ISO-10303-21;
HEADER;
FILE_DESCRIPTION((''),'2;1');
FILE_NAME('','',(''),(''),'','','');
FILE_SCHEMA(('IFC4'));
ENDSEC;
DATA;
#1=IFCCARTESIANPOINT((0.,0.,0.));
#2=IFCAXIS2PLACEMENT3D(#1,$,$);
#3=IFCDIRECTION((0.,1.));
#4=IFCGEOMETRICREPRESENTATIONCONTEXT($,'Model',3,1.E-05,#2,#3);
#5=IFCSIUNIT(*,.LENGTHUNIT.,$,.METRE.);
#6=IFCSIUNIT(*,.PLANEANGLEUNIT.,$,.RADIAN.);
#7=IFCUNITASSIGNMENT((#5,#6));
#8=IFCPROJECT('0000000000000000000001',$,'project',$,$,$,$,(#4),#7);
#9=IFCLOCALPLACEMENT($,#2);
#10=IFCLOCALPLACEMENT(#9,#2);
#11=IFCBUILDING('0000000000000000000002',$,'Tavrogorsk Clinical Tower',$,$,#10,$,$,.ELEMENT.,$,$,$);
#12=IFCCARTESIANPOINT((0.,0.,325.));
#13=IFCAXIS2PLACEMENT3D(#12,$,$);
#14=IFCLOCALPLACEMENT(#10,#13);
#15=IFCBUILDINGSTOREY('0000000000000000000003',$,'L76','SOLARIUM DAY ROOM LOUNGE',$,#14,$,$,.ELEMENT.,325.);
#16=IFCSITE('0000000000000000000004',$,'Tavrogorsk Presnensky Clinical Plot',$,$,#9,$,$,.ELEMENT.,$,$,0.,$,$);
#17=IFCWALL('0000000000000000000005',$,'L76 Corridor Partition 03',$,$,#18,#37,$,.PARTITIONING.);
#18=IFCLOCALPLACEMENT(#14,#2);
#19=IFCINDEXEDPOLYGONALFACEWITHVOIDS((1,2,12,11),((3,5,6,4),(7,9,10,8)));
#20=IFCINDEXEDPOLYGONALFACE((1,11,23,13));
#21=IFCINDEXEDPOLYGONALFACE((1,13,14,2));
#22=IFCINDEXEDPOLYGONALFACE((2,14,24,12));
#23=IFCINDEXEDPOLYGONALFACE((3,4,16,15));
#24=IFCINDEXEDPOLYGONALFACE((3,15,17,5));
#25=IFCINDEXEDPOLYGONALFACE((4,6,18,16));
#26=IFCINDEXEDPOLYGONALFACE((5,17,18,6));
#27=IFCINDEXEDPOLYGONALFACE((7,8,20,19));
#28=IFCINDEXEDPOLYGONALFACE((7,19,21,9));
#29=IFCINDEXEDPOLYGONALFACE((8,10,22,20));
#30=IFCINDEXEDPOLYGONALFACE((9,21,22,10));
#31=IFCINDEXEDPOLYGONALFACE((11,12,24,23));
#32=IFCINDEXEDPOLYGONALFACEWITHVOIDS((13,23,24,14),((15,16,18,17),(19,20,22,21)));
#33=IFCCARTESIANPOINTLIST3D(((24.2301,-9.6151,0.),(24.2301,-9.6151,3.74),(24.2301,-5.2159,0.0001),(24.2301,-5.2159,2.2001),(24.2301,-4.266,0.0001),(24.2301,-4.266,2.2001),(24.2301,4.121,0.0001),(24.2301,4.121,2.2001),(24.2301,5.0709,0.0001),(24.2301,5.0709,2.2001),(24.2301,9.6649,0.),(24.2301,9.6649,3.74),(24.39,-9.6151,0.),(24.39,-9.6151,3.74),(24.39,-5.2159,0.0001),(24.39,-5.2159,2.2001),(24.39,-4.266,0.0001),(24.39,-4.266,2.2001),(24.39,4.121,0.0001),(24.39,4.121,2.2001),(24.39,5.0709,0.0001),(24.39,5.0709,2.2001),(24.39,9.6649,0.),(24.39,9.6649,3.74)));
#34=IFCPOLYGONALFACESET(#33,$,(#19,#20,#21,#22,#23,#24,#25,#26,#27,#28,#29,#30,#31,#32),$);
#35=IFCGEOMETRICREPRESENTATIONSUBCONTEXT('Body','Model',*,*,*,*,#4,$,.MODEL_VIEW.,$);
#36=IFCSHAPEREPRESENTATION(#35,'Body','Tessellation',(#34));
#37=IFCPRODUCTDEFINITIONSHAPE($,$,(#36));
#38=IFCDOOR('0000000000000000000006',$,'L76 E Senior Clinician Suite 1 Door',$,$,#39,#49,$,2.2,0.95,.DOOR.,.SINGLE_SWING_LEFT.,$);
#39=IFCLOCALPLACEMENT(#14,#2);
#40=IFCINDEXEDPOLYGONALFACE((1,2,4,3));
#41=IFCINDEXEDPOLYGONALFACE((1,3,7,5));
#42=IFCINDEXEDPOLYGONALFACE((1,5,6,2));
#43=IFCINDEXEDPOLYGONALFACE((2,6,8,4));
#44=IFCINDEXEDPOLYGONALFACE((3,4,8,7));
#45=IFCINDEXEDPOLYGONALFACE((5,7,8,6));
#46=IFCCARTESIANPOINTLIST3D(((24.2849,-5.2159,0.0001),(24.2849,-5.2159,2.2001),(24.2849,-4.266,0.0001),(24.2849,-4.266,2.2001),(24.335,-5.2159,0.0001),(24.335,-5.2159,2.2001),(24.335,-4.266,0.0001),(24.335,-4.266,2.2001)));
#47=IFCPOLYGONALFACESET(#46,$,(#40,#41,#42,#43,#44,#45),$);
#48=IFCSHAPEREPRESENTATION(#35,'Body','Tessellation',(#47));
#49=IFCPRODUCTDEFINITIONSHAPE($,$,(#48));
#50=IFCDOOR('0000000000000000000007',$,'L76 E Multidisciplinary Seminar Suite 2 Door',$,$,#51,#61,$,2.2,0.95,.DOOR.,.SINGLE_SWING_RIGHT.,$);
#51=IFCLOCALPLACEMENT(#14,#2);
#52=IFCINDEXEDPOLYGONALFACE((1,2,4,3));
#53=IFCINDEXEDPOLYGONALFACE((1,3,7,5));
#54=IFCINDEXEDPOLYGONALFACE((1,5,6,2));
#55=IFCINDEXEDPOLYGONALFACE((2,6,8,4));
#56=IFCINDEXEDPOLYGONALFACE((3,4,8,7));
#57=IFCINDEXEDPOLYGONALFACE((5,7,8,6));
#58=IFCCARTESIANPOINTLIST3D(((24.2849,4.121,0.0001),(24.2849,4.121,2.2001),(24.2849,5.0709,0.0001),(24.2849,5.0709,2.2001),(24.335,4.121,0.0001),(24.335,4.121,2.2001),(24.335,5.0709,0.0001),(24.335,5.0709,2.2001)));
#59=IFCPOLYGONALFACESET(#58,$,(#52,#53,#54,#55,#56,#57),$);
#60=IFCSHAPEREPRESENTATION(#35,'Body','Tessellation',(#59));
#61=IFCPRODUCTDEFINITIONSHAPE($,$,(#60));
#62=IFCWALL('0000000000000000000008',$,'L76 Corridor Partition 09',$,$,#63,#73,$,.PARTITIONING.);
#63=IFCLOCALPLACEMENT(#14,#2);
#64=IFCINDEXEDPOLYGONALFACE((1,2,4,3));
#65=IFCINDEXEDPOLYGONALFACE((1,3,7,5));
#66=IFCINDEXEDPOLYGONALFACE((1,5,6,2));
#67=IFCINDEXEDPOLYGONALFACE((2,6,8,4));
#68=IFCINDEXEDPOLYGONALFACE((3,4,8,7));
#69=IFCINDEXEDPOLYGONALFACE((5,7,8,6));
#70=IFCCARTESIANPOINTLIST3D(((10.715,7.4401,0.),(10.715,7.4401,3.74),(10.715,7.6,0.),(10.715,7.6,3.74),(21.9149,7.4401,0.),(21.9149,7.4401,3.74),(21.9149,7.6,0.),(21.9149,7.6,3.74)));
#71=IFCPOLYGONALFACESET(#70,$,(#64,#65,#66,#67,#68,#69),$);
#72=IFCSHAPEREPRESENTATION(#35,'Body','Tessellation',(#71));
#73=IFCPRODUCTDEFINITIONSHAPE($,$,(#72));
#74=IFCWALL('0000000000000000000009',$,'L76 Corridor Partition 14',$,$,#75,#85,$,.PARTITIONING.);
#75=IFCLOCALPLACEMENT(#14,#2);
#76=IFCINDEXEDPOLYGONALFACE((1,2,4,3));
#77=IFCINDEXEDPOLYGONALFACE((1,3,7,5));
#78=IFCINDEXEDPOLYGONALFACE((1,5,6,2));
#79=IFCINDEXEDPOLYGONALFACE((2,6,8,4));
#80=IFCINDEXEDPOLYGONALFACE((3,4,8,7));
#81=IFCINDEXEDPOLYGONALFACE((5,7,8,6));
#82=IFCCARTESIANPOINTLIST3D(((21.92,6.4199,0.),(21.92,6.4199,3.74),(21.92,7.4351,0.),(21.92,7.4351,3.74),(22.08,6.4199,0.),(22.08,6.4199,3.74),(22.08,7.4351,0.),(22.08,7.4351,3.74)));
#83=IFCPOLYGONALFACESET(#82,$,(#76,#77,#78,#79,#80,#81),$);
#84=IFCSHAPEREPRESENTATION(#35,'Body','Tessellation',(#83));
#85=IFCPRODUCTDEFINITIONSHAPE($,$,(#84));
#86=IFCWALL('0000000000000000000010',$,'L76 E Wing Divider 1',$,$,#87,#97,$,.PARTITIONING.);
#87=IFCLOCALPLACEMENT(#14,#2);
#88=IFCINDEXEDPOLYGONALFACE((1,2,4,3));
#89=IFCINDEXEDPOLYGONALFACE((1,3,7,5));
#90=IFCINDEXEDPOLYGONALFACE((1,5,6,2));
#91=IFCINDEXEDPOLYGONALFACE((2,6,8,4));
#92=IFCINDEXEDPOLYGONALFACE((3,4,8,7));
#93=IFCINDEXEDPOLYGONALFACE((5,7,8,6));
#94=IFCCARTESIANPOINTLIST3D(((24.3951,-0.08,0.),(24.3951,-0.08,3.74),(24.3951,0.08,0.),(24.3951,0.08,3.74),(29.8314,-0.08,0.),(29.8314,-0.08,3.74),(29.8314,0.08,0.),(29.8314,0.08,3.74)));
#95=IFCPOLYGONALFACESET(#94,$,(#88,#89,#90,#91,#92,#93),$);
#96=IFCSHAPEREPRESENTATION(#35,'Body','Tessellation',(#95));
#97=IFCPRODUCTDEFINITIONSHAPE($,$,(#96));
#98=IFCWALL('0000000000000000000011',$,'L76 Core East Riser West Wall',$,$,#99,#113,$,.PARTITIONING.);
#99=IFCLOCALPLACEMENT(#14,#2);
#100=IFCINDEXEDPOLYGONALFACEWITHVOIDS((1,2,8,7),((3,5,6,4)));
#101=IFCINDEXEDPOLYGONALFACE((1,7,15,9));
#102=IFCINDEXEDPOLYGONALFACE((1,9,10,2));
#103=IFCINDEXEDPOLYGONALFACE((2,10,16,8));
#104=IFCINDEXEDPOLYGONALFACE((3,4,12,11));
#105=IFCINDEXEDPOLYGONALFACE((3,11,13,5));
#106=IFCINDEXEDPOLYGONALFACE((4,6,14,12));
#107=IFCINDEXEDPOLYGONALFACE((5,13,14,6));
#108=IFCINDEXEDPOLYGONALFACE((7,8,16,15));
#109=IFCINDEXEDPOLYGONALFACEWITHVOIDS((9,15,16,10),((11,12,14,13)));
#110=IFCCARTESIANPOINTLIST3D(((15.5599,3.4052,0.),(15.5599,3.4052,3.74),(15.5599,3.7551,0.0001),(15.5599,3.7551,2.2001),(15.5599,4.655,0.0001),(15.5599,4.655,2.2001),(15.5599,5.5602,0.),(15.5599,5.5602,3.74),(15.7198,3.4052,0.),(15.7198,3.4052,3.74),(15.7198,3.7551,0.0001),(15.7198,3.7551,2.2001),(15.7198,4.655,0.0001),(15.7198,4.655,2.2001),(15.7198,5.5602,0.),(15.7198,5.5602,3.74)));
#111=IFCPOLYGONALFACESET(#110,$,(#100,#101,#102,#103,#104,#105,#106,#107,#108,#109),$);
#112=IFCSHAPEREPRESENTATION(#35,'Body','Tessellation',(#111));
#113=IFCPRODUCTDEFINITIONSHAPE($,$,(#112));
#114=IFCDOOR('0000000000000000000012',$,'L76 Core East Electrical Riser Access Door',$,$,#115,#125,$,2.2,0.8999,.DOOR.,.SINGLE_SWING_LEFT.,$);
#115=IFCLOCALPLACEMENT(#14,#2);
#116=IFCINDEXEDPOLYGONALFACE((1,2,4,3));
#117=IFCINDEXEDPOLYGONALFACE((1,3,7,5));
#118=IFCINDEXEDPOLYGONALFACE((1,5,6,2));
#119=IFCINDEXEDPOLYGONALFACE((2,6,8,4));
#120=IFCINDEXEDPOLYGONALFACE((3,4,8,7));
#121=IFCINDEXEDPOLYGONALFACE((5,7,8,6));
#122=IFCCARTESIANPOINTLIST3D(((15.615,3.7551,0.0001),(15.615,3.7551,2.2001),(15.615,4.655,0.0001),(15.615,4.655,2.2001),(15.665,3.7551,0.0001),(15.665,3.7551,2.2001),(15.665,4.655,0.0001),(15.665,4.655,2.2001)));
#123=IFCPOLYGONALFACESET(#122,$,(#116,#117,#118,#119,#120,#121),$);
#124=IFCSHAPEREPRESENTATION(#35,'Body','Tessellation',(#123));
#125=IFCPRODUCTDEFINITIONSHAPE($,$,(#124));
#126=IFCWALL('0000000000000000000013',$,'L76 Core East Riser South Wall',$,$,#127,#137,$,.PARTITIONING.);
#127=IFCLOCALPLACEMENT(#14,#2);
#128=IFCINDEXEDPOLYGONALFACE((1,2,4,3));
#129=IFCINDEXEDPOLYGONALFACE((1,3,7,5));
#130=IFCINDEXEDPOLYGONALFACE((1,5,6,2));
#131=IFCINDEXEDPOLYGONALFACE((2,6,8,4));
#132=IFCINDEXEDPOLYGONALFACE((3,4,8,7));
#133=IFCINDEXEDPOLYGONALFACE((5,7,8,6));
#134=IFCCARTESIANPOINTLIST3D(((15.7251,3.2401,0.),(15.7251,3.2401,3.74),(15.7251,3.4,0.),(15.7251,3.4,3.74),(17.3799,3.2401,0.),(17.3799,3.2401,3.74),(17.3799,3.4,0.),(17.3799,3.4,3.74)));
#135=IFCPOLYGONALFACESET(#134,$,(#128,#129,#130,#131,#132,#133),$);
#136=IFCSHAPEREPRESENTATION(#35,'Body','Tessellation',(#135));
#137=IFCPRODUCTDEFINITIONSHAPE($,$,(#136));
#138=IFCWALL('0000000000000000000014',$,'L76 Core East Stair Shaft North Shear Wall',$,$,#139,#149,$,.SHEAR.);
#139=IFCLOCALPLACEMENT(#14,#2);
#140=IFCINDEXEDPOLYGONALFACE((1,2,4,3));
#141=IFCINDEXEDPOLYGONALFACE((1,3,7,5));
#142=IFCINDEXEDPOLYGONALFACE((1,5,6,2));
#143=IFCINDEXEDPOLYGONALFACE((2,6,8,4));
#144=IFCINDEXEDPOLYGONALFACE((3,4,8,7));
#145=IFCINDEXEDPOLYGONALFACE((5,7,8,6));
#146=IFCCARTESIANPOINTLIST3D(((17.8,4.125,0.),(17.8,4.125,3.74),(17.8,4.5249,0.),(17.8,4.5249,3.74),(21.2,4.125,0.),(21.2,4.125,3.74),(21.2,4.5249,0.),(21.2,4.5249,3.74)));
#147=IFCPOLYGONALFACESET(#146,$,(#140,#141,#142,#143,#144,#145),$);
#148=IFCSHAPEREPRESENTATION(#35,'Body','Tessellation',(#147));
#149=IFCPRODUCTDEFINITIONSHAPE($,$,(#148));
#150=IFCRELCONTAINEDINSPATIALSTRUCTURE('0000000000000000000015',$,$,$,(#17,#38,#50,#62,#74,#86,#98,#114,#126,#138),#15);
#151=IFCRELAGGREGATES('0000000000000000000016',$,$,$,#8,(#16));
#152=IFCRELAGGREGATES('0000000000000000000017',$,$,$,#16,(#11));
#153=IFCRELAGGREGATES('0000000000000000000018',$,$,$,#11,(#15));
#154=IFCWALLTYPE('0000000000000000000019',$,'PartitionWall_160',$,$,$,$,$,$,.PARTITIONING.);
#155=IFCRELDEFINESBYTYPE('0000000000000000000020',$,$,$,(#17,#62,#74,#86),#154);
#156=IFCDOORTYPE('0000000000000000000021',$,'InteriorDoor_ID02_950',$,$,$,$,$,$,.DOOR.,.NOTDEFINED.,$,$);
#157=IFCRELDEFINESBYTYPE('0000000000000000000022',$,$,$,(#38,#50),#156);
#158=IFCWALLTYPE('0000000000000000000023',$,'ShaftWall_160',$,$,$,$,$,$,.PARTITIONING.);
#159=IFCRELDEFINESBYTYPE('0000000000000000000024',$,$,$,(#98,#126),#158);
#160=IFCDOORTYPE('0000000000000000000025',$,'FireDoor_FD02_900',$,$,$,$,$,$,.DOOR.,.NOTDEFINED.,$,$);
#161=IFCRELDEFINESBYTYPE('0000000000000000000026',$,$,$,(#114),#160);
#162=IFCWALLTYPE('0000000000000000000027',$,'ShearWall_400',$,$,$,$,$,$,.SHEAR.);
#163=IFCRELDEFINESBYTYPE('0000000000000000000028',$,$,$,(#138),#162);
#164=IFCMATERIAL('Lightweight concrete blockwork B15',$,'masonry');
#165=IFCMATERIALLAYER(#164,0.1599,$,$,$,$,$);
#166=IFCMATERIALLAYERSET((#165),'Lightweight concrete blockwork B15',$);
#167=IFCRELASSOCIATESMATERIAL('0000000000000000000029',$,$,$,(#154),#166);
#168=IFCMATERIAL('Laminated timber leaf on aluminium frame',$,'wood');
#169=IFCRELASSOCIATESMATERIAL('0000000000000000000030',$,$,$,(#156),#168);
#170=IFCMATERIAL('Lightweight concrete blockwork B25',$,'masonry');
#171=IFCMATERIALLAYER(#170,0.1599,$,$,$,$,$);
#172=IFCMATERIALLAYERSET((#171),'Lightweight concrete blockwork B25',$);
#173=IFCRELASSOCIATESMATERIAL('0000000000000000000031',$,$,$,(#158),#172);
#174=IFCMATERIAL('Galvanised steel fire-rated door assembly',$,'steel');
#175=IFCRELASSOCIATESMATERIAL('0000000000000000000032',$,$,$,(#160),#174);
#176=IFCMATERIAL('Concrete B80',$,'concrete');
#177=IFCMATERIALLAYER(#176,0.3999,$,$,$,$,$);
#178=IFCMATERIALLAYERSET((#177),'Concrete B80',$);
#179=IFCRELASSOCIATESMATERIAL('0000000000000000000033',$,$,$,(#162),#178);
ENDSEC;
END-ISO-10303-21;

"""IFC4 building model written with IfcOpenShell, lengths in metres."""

from ifc_helpers import new_model, si_unit, direction, frame, frame_2d, origin, place, context, subcontext, project, spatial, rectangle, extrude, material, layer, layer_set, type_object, element, fill, save


model = new_model("IFC4")

# Units and contexts
model_context = context("Model", 3, precision=1e-05, world=origin(), true_north=direction((0.0, 1.0)))
body_context = subcontext(model_context, "Body", "Model", "MODEL_VIEW")
ifc_project = project(units=[si_unit("LENGTHUNIT", "METRE"), si_unit("PLANEANGLEUNIT", "RADIAN")], contexts=[model_context])

# Site, building, storey
site_placement = place(None, origin())
site = spatial("IfcSite", under=ifc_project, at=site_placement, Name="Tavrogorsk Presnensky Clinical Plot", CompositionType="ELEMENT", RefElevation=0.0)
building_placement = place(site_placement, origin())
building = spatial("IfcBuilding", under=site, at=building_placement, Name="Tavrogorsk Clinical Tower", CompositionType="ELEMENT")
storey_placement = place(building_placement, frame((0.0, 0.0, 325.0)))
storey = spatial("IfcBuildingStorey", under=building, at=storey_placement, Name="L76", Description="SOLARIUM DAY ROOM LOUNGE", CompositionType="ELEMENT", Elevation=325.0)

# Wall, openings, doors
ifc_material_1 = material(Name="Lightweight concrete blockwork B15", Category="masonry")
ifc_layer_1 = layer(ifc_material_1, 0.1599)
ifc_layer_set_1 = layer_set([ifc_layer_1], Name="Lightweight concrete blockwork B15")
wall_type_1 = type_object("IfcWallType", Name="PartitionWall_160", PredefinedType="PARTITIONING", material=ifc_layer_set_1)
wall_1_placement = place(storey_placement, frame((24.3101, 9.665, 0.0), z_axis=(0.0, 0.0, 1.0), x_axis=(0.0, -1.0, 0.0)))
wall_1 = element("IfcWall", 1, at=wall_1_placement, inside=storey, type_object=wall_type_1, Name="L76 Corridor Partition 03", PredefinedType="PARTITIONING", context=body_context, shape_type="SweptSolid", body=[
    extrude(rectangle(XDim=19.28, YDim=0.1599, at=frame_2d((9.6401, 0.0))), origin(), (0.0, 0.0, 1.0), 3.74),
])
opening_1_placement = place(wall_1_placement, frame((13.9309, 0.0, 0.0)))
opening_1 = element("IfcOpeningElement", 2, at=opening_1_placement, cuts=wall_1, PredefinedType="OPENING", context=body_context, shape_type="SweptSolid", body=[
    extrude(rectangle(XDim=0.95, YDim=2.2, at=frame_2d((0.4751, 1.1001))), frame((0.0, 0.0898, 0.0), z_axis=(0.0, -1.0, 0.0), x_axis=(1.0, 0.0, 0.0)), (0.0, 0.0, 1.0), 0.1799),
])
opening_2_placement = place(wall_1_placement, frame((4.594, 0.0, 0.0)))
opening_2 = element("IfcOpeningElement", 3, at=opening_2_placement, cuts=wall_1, PredefinedType="OPENING", context=body_context, shape_type="SweptSolid", body=[
    extrude(rectangle(XDim=0.95, YDim=2.2, at=frame_2d((0.4751, 1.1001))), frame((0.0, 0.0898, 0.0), z_axis=(0.0, -1.0, 0.0), x_axis=(1.0, 0.0, 0.0)), (0.0, 0.0, 1.0), 0.1799),
])
ifc_material_2 = material(Name="Laminated timber leaf on aluminium frame", Category="wood")
door_type_1 = type_object("IfcDoorType", Name="InteriorDoor_ID02_950", OperationType="NOTDEFINED", PredefinedType="DOOR", material=ifc_material_2)
door_1_placement = place(opening_1_placement, origin())
door_1 = element("IfcDoor", 4, at=door_1_placement, inside=storey, type_object=door_type_1, Name="L76 E Senior Clinician Suite 1 Door", OperationType="SINGLE_SWING_LEFT", OverallHeight=2.2, OverallWidth=0.95, PredefinedType="DOOR", context=body_context, shape_type="SweptSolid", body=[
    extrude(rectangle(XDim=0.95, YDim=2.2, at=frame_2d((0.4751, 1.1001))), frame((0.0, 0.0249, 0.0), z_axis=(0.0, -1.0, 0.0), x_axis=(1.0, 0.0, 0.0)), (0.0, 0.0, 1.0), 0.05),
])
fill(opening_1, door_1)
door_2_placement = place(opening_2_placement, origin())
door_2 = element("IfcDoor", 5, at=door_2_placement, inside=storey, type_object=door_type_1, Name="L76 E Multidisciplinary Seminar Suite 2 Door", OperationType="SINGLE_SWING_RIGHT", OverallHeight=2.2, OverallWidth=0.95, PredefinedType="DOOR", context=body_context, shape_type="SweptSolid", body=[
    extrude(rectangle(XDim=0.95, YDim=2.2, at=frame_2d((0.4751, 1.1001))), frame((0.0, 0.0249, 0.0), z_axis=(0.0, -1.0, 0.0), x_axis=(1.0, 0.0, 0.0)), (0.0, 0.0, 1.0), 0.05),
])
fill(opening_2, door_2)

# Walls
wall_2_placement = place(storey_placement, frame((21.915, 7.52, 0.0), z_axis=(0.0, 0.0, 1.0), x_axis=(-1.0, 0.0, 0.0)))
element("IfcWall", 6, at=wall_2_placement, inside=storey, type_object=wall_type_1, Name="L76 Corridor Partition 09", PredefinedType="PARTITIONING", context=body_context, shape_type="SweptSolid", body=[
    extrude(rectangle(XDim=11.2, YDim=0.1599, at=frame_2d((5.6001, 0.0))), origin(), (0.0, 0.0, 1.0), 3.74),
])
wall_3_placement = place(storey_placement, frame((22.0, 6.4199, 0.0), z_axis=(0.0, 0.0, 1.0), x_axis=(0.0, 1.0, 0.0)))
element("IfcWall", 7, at=wall_3_placement, inside=storey, type_object=wall_type_1, Name="L76 Corridor Partition 14", PredefinedType="PARTITIONING", context=body_context, shape_type="SweptSolid", body=[
    extrude(rectangle(XDim=1.0151, YDim=0.1599, at=frame_2d((0.5076, 0.0))), origin(), (0.0, 0.0, 1.0), 3.74),
])
wall_4_placement = place(storey_placement, frame((24.395, 0.0, 0.0), z_axis=(0.0, 0.0, 1.0), x_axis=(1.0, 0.0, 0.0)))
element("IfcWall", 8, at=wall_4_placement, inside=storey, type_object=wall_type_1, Name="L76 E Wing Divider 1", PredefinedType="PARTITIONING", context=body_context, shape_type="SweptSolid", body=[
    extrude(rectangle(XDim=5.4363, YDim=0.1599, at=frame_2d((2.7183, 0.0))), origin(), (0.0, 0.0, 1.0), 3.74),
])

# Wall, opening, door
ifc_material_3 = material(Name="Lightweight concrete blockwork B25", Category="masonry")
ifc_layer_2 = layer(ifc_material_3, 0.1599)
ifc_layer_set_2 = layer_set([ifc_layer_2], Name="Lightweight concrete blockwork B25")
wall_type_2 = type_object("IfcWallType", Name="ShaftWall_160", PredefinedType="PARTITIONING", material=ifc_layer_set_2)
wall_5_placement = place(storey_placement, frame((15.6399, 3.405, 0.0), z_axis=(0.0, 0.0, 1.0), x_axis=(0.0, 1.0, 0.0)))
wall_5 = element("IfcWall", 9, at=wall_5_placement, inside=storey, type_object=wall_type_2, Name="L76 Core East Riser West Wall", PredefinedType="PARTITIONING", context=body_context, shape_type="SweptSolid", body=[
    extrude(rectangle(XDim=2.155, YDim=0.1599, at=frame_2d((1.0776, 0.0))), origin(), (0.0, 0.0, 1.0), 3.74),
])
opening_3_placement = place(wall_5_placement, frame((0.3501, 0.0, 0.0)))
opening_3 = element("IfcOpeningElement", 10, at=opening_3_placement, cuts=wall_5, PredefinedType="OPENING", context=body_context, shape_type="SweptSolid", body=[
    extrude(rectangle(XDim=0.8999, YDim=2.2, at=frame_2d((0.45, 1.1001))), frame((0.0, 0.0898, 0.0), z_axis=(0.0, -1.0, 0.0), x_axis=(1.0, 0.0, 0.0)), (0.0, 0.0, 1.0), 0.1799),
])
ifc_material_4 = material(Name="Galvanised steel fire-rated door assembly", Category="steel")
door_type_2 = type_object("IfcDoorType", Name="FireDoor_FD02_900", OperationType="NOTDEFINED", PredefinedType="DOOR", material=ifc_material_4)
door_3_placement = place(opening_3_placement, origin())
door_3 = element("IfcDoor", 11, at=door_3_placement, inside=storey, type_object=door_type_2, Name="L76 Core East Electrical Riser Access Door", OperationType="SINGLE_SWING_LEFT", OverallHeight=2.2, OverallWidth=0.8999, PredefinedType="DOOR", context=body_context, shape_type="SweptSolid", body=[
    extrude(rectangle(XDim=0.8999, YDim=2.2, at=frame_2d((0.45, 1.1001))), frame((0.0, 0.0249, 0.0), z_axis=(0.0, -1.0, 0.0), x_axis=(1.0, 0.0, 0.0)), (0.0, 0.0, 1.0), 0.05),
])
fill(opening_3, door_3)

# Walls
wall_6_placement = place(storey_placement, frame((15.7251, 3.3201, 0.0), z_axis=(0.0, 0.0, 1.0), x_axis=(1.0, 0.0, 0.0)))
element("IfcWall", 12, at=wall_6_placement, inside=storey, type_object=wall_type_2, Name="L76 Core East Riser South Wall", PredefinedType="PARTITIONING", context=body_context, shape_type="SweptSolid", body=[
    extrude(rectangle(XDim=1.6548, YDim=0.1599, at=frame_2d((0.8274, 0.0))), origin(), (0.0, 0.0, 1.0), 3.74),
])
ifc_material_5 = material(Name="Concrete B80", Category="concrete")
ifc_layer_3 = layer(ifc_material_5, 0.3999)
ifc_layer_set_3 = layer_set([ifc_layer_3], Name="Concrete B80")
wall_type_3 = type_object("IfcWallType", Name="ShearWall_400", PredefinedType="SHEAR", material=ifc_layer_set_3)
wall_7_placement = place(storey_placement, frame((17.8, 4.325, 0.0), z_axis=(0.0, 0.0, 1.0), x_axis=(1.0, 0.0, 0.0)))
element("IfcWall", 13, at=wall_7_placement, inside=storey, type_object=wall_type_3, Name="L76 Core East Stair Shaft North Shear Wall", PredefinedType="SHEAR", context=body_context, shape_type="SweptSolid", body=[
    extrude(rectangle(XDim=3.3999, YDim=0.3999, at=frame_2d((1.7, 0.0))), origin(), (0.0, 0.0, 1.0), 3.74),
])

save(model, "model.ifc")
